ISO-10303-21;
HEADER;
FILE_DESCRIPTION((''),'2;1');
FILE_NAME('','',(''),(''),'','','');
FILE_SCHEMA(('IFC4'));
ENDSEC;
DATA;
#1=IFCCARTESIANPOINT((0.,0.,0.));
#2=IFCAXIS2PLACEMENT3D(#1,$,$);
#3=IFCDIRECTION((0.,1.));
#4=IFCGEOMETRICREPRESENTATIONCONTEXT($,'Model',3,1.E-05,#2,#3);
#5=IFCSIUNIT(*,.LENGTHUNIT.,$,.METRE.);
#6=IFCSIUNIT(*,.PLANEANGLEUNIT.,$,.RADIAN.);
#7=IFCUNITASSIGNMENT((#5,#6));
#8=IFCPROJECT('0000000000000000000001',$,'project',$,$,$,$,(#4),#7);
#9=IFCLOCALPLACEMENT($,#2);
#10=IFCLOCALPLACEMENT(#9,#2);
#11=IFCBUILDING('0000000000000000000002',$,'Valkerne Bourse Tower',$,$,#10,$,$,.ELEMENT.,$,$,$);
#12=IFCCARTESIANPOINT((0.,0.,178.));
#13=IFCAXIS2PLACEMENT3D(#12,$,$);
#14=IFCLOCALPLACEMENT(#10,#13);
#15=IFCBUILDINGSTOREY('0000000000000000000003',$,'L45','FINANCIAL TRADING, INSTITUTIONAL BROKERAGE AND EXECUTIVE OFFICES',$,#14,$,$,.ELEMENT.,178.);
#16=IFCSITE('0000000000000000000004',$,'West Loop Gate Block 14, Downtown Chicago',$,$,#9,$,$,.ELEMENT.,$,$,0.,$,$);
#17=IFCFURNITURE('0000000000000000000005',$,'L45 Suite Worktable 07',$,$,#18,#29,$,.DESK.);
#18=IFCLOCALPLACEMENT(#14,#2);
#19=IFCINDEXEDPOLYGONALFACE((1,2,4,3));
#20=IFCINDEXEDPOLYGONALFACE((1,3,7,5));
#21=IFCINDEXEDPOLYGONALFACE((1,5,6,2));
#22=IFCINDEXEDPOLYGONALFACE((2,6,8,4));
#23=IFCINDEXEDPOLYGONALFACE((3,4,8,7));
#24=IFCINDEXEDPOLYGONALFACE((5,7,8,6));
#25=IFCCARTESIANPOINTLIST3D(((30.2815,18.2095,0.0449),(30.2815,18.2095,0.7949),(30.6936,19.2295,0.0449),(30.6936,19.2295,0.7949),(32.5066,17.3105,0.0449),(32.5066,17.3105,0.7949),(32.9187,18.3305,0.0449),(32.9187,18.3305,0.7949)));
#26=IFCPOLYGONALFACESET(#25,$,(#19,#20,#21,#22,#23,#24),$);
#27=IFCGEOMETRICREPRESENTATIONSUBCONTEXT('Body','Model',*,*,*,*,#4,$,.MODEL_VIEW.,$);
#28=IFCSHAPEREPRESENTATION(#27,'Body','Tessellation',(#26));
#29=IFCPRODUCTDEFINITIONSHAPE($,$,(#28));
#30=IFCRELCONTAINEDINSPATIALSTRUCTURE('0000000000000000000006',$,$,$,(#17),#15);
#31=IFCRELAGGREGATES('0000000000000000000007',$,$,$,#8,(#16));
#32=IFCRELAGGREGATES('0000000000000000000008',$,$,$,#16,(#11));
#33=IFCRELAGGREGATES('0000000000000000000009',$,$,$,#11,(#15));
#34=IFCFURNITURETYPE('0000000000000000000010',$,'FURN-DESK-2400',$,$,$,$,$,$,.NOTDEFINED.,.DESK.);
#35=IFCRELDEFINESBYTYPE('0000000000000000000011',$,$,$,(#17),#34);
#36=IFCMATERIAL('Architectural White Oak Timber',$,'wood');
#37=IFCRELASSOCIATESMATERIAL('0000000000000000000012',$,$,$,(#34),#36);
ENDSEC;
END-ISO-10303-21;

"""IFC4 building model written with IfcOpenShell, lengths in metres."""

from ifc_helpers import new_model, si_unit, direction, frame, origin, origin_2d, place, context, subcontext, project, spatial, rectangle, extrude, material, type_object, element, save


model = new_model("IFC4")

# Units and contexts
model_context = context("Model", 3, precision=1e-05, world=origin(), true_north=direction((0.0, 1.0)))
body_context = subcontext(model_context, "Body", "Model", "MODEL_VIEW")
ifc_project = project(units=[si_unit("LENGTHUNIT", "METRE"), si_unit("PLANEANGLEUNIT", "RADIAN")], contexts=[model_context])

# Site, building, storey
site_placement = place(None, origin())
site = spatial("IfcSite", under=ifc_project, at=site_placement, Name="West Loop Gate Block 14, Downtown Chicago", CompositionType="ELEMENT", RefElevation=0.0)
building_placement = place(site_placement, origin())
building = spatial("IfcBuilding", under=site, at=building_placement, Name="Valkerne Bourse Tower", CompositionType="ELEMENT")
storey_placement = place(building_placement, frame((0.0, 0.0, 178.0)))
storey = spatial("IfcBuildingStorey", under=building, at=storey_placement, Name="L45", Description="FINANCIAL TRADING, INSTITUTIONAL BROKERAGE AND EXECUTIVE OFFICES", CompositionType="ELEMENT", Elevation=178.0)

# Furniture
ifc_material_1 = material(Name="Architectural White Oak Timber", Category="wood")
furniture_type = type_object("IfcFurnitureType", Name="FURN-DESK-2400", AssemblyPlace="NOTDEFINED", PredefinedType="DESK", material=ifc_material_1)
furniture_placement = place(storey_placement, frame((31.6001, 18.27, 0.0449), z_axis=(0.0, 0.0, 1.0), x_axis=(-0.927184, 0.374607, 0.0)))
element("IfcFurniture", 1, at=furniture_placement, inside=storey, type_object=furniture_type, Name="L45 Suite Worktable 07", PredefinedType="DESK", context=body_context, shape_type="SweptSolid", body=[
    extrude(rectangle(XDim=2.3999, YDim=1.1001, at=origin_2d()), origin(), (0.0, 0.0, 1.0), 0.75),
])

save(model, "model.ifc")
